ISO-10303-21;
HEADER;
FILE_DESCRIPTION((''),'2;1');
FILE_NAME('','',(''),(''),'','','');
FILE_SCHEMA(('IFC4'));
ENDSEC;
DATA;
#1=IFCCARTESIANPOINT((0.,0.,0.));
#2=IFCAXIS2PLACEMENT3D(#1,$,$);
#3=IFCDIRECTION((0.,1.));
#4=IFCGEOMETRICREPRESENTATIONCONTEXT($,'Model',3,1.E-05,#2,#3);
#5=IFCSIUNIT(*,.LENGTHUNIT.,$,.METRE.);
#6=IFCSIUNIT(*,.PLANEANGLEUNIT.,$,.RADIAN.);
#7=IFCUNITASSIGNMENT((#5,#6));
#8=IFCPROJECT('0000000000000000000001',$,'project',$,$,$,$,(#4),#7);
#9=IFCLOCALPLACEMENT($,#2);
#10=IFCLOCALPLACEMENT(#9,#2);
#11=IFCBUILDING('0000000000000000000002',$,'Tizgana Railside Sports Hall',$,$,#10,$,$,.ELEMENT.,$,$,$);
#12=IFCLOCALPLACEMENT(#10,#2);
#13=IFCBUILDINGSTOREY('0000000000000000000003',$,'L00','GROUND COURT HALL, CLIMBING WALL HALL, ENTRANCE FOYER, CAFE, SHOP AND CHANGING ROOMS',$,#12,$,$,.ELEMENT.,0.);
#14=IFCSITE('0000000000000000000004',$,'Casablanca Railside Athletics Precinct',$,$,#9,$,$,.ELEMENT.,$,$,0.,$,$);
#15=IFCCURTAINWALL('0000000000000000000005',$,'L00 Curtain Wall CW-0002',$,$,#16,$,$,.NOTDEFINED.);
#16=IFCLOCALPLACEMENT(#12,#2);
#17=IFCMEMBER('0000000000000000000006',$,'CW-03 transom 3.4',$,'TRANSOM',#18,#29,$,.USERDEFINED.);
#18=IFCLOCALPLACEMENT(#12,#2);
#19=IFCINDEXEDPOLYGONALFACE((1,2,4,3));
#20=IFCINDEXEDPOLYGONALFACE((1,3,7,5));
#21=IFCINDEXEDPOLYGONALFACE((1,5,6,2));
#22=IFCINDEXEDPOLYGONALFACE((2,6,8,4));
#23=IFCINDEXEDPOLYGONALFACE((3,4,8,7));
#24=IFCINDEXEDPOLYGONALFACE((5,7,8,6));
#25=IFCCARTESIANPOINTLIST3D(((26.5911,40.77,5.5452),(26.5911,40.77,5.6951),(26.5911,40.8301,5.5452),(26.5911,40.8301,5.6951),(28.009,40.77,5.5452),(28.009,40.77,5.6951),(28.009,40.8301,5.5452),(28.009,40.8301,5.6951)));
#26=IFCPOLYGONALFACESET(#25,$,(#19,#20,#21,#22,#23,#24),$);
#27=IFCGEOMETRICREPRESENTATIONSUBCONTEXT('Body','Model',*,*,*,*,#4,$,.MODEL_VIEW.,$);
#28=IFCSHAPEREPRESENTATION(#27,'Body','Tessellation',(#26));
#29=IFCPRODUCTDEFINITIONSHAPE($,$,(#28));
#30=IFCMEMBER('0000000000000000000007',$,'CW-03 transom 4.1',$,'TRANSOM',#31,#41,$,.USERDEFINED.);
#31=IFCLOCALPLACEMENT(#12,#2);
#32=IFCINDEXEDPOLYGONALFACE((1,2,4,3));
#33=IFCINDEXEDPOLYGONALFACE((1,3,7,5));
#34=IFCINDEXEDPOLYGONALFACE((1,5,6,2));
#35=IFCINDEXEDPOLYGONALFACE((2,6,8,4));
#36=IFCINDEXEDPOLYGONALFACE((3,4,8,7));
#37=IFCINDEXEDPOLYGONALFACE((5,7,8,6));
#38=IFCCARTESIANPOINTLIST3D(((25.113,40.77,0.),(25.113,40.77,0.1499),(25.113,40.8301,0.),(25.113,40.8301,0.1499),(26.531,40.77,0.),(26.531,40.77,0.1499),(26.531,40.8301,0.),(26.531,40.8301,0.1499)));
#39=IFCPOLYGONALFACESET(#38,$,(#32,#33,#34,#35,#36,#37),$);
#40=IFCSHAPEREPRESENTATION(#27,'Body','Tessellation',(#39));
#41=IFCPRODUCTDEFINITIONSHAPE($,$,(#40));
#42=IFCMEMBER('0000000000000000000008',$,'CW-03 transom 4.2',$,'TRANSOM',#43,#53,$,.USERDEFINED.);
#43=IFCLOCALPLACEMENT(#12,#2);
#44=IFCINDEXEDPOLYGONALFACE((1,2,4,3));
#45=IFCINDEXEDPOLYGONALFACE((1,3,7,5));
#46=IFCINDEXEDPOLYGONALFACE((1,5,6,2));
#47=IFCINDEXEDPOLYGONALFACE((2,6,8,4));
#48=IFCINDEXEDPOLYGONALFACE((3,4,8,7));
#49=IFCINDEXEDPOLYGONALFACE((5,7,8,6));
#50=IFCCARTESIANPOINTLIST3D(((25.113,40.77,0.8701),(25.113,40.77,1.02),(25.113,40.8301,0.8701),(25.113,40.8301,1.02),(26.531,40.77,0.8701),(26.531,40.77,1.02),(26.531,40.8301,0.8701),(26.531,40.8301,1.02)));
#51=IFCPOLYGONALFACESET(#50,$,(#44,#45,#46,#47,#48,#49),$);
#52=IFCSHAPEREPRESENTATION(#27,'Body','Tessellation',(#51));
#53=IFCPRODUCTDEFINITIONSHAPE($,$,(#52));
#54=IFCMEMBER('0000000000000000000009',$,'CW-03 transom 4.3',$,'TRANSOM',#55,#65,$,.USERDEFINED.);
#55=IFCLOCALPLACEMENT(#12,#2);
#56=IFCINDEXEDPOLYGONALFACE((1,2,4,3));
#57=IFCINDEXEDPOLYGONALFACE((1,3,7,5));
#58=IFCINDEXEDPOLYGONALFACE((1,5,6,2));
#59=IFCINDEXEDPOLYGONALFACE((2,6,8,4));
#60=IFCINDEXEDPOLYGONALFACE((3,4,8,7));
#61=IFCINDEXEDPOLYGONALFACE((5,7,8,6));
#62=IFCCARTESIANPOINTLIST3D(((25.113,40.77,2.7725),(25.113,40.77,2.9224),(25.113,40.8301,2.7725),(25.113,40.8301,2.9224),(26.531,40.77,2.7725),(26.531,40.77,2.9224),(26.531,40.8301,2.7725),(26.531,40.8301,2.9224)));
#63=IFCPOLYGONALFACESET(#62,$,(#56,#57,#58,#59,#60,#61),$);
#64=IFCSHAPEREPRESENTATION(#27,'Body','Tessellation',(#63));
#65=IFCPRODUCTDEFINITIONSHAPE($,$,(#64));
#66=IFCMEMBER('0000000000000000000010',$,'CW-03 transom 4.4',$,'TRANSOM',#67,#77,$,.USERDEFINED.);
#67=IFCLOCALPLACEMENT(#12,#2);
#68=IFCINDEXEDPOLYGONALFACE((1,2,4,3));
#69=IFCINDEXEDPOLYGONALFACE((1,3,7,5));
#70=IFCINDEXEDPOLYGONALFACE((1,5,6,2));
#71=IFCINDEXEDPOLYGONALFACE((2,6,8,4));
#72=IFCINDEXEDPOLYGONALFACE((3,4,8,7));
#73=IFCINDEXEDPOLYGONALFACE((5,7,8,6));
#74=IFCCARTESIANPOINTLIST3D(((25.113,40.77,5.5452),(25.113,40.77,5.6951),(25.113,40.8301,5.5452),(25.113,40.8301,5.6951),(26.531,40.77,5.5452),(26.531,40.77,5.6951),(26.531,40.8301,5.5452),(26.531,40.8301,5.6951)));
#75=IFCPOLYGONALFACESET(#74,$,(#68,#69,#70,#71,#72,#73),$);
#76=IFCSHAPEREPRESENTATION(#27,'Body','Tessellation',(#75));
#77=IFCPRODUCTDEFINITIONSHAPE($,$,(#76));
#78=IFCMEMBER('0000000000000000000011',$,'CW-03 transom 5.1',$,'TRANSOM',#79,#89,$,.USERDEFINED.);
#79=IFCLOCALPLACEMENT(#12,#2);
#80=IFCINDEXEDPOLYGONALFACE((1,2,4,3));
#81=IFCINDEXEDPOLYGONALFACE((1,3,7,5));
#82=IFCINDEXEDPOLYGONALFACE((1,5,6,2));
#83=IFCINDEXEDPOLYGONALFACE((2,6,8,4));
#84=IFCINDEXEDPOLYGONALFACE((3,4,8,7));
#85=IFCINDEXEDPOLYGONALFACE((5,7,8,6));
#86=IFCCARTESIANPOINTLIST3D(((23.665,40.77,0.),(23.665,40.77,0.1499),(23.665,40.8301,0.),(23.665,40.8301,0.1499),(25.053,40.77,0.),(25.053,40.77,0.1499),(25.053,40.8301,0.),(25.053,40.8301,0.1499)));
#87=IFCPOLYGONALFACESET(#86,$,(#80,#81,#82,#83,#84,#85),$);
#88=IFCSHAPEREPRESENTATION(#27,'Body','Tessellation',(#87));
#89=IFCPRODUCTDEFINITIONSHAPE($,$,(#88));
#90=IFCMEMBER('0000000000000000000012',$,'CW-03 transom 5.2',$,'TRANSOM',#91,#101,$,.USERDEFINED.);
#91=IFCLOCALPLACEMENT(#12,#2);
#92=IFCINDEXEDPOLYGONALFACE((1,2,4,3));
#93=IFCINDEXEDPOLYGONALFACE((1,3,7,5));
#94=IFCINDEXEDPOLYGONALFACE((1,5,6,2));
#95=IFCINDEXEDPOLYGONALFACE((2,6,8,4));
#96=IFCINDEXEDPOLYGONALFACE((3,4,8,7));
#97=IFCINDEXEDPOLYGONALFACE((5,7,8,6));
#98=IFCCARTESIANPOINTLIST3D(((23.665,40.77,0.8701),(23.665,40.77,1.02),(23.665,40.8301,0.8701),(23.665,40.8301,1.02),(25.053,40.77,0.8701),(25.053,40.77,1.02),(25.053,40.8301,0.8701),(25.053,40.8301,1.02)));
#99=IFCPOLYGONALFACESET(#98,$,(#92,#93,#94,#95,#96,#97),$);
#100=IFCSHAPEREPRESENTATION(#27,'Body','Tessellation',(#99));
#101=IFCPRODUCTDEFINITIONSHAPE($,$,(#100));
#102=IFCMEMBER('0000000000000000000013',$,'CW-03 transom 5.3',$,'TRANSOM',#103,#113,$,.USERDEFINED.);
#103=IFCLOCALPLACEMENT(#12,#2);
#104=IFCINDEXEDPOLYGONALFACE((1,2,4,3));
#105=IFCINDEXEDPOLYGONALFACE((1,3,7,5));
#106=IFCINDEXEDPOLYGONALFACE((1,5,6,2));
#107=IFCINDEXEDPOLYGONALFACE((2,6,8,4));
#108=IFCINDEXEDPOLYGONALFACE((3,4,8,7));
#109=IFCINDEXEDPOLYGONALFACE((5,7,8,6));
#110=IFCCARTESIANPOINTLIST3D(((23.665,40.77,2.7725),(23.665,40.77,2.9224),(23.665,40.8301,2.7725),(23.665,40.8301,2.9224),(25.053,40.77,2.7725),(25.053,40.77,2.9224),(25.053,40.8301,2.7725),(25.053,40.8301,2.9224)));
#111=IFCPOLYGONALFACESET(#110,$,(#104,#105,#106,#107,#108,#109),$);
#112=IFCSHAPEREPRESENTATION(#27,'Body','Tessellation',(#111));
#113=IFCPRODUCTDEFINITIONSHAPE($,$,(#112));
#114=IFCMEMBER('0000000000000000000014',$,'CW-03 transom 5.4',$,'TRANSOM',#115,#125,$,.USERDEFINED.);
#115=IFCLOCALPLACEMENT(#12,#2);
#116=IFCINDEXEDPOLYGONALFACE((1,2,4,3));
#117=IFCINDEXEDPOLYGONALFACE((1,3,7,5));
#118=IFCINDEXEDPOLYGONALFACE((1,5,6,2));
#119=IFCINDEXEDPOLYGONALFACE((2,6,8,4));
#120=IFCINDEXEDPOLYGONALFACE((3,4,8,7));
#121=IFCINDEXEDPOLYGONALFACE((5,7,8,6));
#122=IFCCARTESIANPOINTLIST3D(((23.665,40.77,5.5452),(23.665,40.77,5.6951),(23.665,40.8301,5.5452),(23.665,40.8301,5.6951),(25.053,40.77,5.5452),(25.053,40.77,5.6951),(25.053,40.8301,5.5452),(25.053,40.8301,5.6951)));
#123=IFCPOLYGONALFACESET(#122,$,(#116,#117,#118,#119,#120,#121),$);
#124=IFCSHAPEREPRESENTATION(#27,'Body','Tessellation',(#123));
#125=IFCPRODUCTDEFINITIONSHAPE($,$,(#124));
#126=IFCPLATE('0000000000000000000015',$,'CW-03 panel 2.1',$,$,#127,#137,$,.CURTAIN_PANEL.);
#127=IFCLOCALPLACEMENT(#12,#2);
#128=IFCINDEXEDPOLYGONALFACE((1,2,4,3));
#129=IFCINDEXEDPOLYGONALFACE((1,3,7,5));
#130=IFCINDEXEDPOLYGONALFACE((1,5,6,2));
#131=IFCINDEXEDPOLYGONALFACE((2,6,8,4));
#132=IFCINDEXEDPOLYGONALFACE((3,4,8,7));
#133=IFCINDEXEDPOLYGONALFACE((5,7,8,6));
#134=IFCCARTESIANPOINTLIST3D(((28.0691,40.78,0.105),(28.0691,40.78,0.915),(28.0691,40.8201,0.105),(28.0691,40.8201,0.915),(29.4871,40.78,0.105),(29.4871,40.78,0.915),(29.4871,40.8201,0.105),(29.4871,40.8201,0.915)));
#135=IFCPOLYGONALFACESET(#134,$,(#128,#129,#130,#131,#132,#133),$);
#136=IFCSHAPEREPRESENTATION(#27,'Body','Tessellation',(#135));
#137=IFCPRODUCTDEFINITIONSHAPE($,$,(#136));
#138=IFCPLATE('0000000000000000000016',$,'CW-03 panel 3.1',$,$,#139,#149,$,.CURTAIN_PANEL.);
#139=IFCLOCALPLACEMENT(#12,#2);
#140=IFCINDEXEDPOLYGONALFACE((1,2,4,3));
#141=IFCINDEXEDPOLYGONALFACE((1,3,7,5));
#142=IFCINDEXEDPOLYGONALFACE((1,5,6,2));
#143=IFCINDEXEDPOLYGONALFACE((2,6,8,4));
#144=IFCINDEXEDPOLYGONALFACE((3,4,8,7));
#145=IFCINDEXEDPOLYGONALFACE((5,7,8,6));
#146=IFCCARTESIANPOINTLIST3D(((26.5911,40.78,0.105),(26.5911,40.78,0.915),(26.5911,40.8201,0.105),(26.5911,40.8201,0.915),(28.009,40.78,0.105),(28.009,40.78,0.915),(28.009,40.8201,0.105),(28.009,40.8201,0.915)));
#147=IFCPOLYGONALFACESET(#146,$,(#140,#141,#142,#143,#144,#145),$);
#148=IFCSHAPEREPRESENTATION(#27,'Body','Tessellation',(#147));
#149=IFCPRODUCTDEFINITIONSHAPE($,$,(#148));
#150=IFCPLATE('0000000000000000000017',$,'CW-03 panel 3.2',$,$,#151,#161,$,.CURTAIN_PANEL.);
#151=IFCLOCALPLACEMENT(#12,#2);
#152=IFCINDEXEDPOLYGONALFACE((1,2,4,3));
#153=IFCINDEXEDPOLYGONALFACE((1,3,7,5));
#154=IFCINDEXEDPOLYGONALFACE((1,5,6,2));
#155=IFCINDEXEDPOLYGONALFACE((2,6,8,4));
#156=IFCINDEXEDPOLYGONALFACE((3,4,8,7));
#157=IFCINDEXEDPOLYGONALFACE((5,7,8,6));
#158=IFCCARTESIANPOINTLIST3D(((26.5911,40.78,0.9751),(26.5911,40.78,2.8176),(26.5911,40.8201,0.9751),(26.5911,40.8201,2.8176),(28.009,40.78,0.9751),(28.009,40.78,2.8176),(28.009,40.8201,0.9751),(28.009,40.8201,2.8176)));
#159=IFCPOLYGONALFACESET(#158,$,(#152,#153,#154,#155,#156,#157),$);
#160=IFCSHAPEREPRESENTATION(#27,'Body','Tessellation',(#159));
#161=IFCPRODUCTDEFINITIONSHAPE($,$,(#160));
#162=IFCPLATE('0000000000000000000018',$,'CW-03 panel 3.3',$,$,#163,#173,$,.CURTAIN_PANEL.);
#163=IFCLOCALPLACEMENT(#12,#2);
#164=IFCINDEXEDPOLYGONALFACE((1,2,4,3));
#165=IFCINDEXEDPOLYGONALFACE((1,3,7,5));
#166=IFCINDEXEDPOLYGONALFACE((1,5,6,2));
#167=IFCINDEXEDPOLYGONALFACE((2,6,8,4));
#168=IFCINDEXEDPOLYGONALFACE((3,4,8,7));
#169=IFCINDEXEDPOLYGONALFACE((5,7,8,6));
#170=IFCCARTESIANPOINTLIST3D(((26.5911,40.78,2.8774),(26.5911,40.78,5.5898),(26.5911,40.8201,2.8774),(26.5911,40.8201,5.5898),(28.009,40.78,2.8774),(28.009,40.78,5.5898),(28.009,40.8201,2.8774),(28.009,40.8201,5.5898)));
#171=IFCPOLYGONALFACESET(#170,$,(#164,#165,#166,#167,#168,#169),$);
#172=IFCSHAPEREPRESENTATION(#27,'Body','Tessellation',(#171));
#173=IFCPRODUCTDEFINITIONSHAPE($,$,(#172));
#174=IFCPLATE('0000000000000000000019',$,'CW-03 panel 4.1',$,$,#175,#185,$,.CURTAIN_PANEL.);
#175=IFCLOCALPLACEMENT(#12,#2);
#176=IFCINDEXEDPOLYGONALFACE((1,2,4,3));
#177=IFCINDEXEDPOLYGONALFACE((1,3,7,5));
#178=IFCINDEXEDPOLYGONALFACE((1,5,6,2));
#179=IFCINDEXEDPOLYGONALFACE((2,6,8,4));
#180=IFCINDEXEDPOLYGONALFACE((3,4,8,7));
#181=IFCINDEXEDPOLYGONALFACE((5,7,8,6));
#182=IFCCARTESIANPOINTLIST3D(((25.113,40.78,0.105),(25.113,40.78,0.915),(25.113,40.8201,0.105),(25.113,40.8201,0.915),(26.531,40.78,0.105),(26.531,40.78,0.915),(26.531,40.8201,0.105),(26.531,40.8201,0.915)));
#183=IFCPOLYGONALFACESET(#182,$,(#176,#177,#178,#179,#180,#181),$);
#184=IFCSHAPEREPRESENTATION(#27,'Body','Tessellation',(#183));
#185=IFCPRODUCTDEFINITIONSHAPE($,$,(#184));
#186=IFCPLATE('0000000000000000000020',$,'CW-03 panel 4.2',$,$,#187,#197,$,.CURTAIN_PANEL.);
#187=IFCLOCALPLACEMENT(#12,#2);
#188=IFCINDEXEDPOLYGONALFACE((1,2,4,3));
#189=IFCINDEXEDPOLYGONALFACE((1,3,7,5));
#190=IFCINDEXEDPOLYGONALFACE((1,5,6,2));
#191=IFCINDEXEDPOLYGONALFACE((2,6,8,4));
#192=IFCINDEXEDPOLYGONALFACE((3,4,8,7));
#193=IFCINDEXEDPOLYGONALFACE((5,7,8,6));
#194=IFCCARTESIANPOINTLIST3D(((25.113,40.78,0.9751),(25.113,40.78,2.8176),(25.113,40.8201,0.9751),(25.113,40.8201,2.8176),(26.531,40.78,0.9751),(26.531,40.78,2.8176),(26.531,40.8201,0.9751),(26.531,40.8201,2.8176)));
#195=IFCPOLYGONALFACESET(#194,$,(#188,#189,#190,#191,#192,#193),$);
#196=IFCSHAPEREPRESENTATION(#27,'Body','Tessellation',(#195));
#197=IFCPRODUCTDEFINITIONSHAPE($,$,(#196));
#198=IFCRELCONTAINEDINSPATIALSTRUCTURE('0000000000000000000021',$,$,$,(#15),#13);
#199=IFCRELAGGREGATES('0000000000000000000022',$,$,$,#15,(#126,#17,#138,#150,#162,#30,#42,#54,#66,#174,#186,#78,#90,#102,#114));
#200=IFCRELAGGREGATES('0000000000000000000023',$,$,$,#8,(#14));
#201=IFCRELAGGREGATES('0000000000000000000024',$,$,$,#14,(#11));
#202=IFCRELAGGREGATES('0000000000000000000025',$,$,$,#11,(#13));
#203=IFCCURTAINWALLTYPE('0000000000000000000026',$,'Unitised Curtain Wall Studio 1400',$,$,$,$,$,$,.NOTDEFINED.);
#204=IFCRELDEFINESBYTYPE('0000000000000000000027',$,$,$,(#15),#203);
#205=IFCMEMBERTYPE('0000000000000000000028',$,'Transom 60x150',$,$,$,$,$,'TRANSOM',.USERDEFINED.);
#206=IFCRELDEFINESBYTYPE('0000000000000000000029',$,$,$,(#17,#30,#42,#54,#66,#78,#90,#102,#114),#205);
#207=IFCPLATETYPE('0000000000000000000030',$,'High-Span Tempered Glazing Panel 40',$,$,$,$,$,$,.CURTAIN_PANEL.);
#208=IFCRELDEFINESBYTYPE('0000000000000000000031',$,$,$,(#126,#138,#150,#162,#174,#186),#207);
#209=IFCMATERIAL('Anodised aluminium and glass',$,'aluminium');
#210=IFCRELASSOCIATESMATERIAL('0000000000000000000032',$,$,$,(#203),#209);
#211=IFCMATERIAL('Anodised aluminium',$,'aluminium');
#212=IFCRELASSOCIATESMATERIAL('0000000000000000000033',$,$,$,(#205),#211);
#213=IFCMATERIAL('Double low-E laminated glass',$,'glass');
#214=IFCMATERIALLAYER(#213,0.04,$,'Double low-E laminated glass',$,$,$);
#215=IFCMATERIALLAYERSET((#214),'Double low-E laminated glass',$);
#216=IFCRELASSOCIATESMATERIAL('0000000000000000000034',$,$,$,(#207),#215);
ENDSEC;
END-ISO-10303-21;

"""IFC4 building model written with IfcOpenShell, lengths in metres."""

from ifc_helpers import new_model, si_unit, direction, frame, origin, origin_2d, place, context, subcontext, project, spatial, rectangle, extrude, material, layer, layer_set, material_profile, profile_set, type_object, element, aggregate, save


model = new_model("IFC4")

# Units and contexts
model_context = context("Model", 3, precision=1e-05, world=origin(), true_north=direction((0.0, 1.0)))
body_context = subcontext(model_context, "Body", "Model", "MODEL_VIEW")
ifc_project = project(units=[si_unit("LENGTHUNIT", "METRE"), si_unit("PLANEANGLEUNIT", "RADIAN")], contexts=[model_context])

# Site, building, storey
site_placement = place(None, origin())
site = spatial("IfcSite", under=ifc_project, at=site_placement, Name="Casablanca Railside Athletics Precinct", CompositionType="ELEMENT", RefElevation=0.0)
building_placement = place(site_placement, origin())
building = spatial("IfcBuilding", under=site, at=building_placement, Name="Tizgana Railside Sports Hall", CompositionType="ELEMENT")
storey_placement = place(building_placement, origin())
storey = spatial("IfcBuildingStorey", under=building, at=storey_placement, Name="L00", Description="GROUND COURT HALL, CLIMBING WALL HALL, ENTRANCE FOYER, CAFE, SHOP AND CHANGING ROOMS", CompositionType="ELEMENT", Elevation=0.0)

# Curtain wall
ifc_material_1 = material(Name="Anodised aluminium and glass", Category="aluminium")
curtain_wall_type = type_object("IfcCurtainWallType", Name="Unitised Curtain Wall Studio 1400", PredefinedType="NOTDEFINED", material=ifc_material_1)
curtain_wall_placement = place(storey_placement, origin())
curtain_wall = element("IfcCurtainWall", 1, at=curtain_wall_placement, inside=storey, type_object=curtain_wall_type, Name="L00 Curtain Wall CW-0002", PredefinedType="NOTDEFINED")
ifc_material_2 = material(Name="Anodised aluminium", Category="aluminium")

# Members
ifc_material_profile_1 = material_profile(ifc_material_2, rectangle(XDim=0.0601, YDim=0.1499, at=origin_2d()), Name="Transom 60x150")
ifc_profile_set_1 = profile_set([ifc_material_profile_1], Name="Anodised aluminium")
member_type_1 = type_object("IfcMemberType", Name="Transom 60x150", ElementType="TRANSOM", PredefinedType="USERDEFINED", material=ifc_profile_set_1)
member_1_placement = place(storey_placement, frame((28.009, 40.8, 5.6201), z_axis=(-1.0, 0.0, 0.0), x_axis=(0.0, -1.0, 0.0)))
member_1 = element("IfcMember", 2, at=member_1_placement, type_object=member_type_1, Name="CW-03 transom 3.4", ObjectType="TRANSOM", PredefinedType="USERDEFINED", context=body_context, shape_type="SweptSolid", body=[
    extrude(rectangle(XDim=0.0601, YDim=0.1499, at=origin_2d()), origin(), (0.0, 0.0, 1.0), 1.418),
])
member_2_placement = place(storey_placement, frame((26.531, 40.8, 0.075), z_axis=(-1.0, 0.0, 0.0), x_axis=(0.0, -1.0, 0.0)))
member_2 = element("IfcMember", 3, at=member_2_placement, type_object=member_type_1, Name="CW-03 transom 4.1", ObjectType="TRANSOM", PredefinedType="USERDEFINED", context=body_context, shape_type="SweptSolid", body=[
    extrude(rectangle(XDim=0.0601, YDim=0.1499, at=origin_2d()), origin(), (0.0, 0.0, 1.0), 1.418),
])
member_3_placement = place(storey_placement, frame((26.531, 40.8, 0.9451), z_axis=(-1.0, 0.0, 0.0), x_axis=(0.0, -1.0, 0.0)))
member_3 = element("IfcMember", 4, at=member_3_placement, type_object=member_type_1, Name="CW-03 transom 4.2", ObjectType="TRANSOM", PredefinedType="USERDEFINED", context=body_context, shape_type="SweptSolid", body=[
    extrude(rectangle(XDim=0.0601, YDim=0.1499, at=origin_2d()), origin(), (0.0, 0.0, 1.0), 1.418),
])
member_4_placement = place(storey_placement, frame((26.531, 40.8, 2.8474), z_axis=(-1.0, 0.0, 0.0), x_axis=(0.0, -1.0, 0.0)))
member_4 = element("IfcMember", 5, at=member_4_placement, type_object=member_type_1, Name="CW-03 transom 4.3", ObjectType="TRANSOM", PredefinedType="USERDEFINED", context=body_context, shape_type="SweptSolid", body=[
    extrude(rectangle(XDim=0.0601, YDim=0.1499, at=origin_2d()), origin(), (0.0, 0.0, 1.0), 1.418),
])
member_5_placement = place(storey_placement, frame((26.531, 40.8, 5.6201), z_axis=(-1.0, 0.0, 0.0), x_axis=(0.0, -1.0, 0.0)))
member_5 = element("IfcMember", 6, at=member_5_placement, type_object=member_type_1, Name="CW-03 transom 4.4", ObjectType="TRANSOM", PredefinedType="USERDEFINED", context=body_context, shape_type="SweptSolid", body=[
    extrude(rectangle(XDim=0.0601, YDim=0.1499, at=origin_2d()), origin(), (0.0, 0.0, 1.0), 1.418),
])
member_6_placement = place(storey_placement, frame((25.053, 40.8, 0.075), z_axis=(-1.0, 0.0, 0.0), x_axis=(0.0, -1.0, 0.0)))
member_6 = element("IfcMember", 7, at=member_6_placement, type_object=member_type_1, Name="CW-03 transom 5.1", ObjectType="TRANSOM", PredefinedType="USERDEFINED", context=body_context, shape_type="SweptSolid", body=[
    extrude(rectangle(XDim=0.0601, YDim=0.1499, at=origin_2d()), origin(), (0.0, 0.0, 1.0), 1.3879),
])
member_7_placement = place(storey_placement, frame((25.053, 40.8, 0.9451), z_axis=(-1.0, 0.0, 0.0), x_axis=(0.0, -1.0, 0.0)))
member_7 = element("IfcMember", 8, at=member_7_placement, type_object=member_type_1, Name="CW-03 transom 5.2", ObjectType="TRANSOM", PredefinedType="USERDEFINED", context=body_context, shape_type="SweptSolid", body=[
    extrude(rectangle(XDim=0.0601, YDim=0.1499, at=origin_2d()), origin(), (0.0, 0.0, 1.0), 1.3879),
])
member_8_placement = place(storey_placement, frame((25.053, 40.8, 2.8474), z_axis=(-1.0, 0.0, 0.0), x_axis=(0.0, -1.0, 0.0)))
member_8 = element("IfcMember", 9, at=member_8_placement, type_object=member_type_1, Name="CW-03 transom 5.3", ObjectType="TRANSOM", PredefinedType="USERDEFINED", context=body_context, shape_type="SweptSolid", body=[
    extrude(rectangle(XDim=0.0601, YDim=0.1499, at=origin_2d()), origin(), (0.0, 0.0, 1.0), 1.3879),
])
member_9_placement = place(storey_placement, frame((25.053, 40.8, 5.6201), z_axis=(-1.0, 0.0, 0.0), x_axis=(0.0, -1.0, 0.0)))
member_9 = element("IfcMember", 10, at=member_9_placement, type_object=member_type_1, Name="CW-03 transom 5.4", ObjectType="TRANSOM", PredefinedType="USERDEFINED", context=body_context, shape_type="SweptSolid", body=[
    extrude(rectangle(XDim=0.0601, YDim=0.1499, at=origin_2d()), origin(), (0.0, 0.0, 1.0), 1.3879),
])

# Plates
ifc_material_3 = material(Name="Double low-E laminated glass", Category="glass")
ifc_layer_1 = layer(ifc_material_3, 0.04, Name="Double low-E laminated glass")
ifc_layer_set_1 = layer_set([ifc_layer_1], Name="Double low-E laminated glass")
plate_type = type_object("IfcPlateType", Name="High-Span Tempered Glazing Panel 40", PredefinedType="CURTAIN_PANEL", material=ifc_layer_set_1)
plate_1_placement = place(storey_placement, frame((28.7781, 40.8, 0.105), z_axis=(0.0, 0.0, 1.0), x_axis=(-1.0, 0.0, 0.0)))
plate_1 = element("IfcPlate", 11, at=plate_1_placement, type_object=plate_type, Name="CW-03 panel 2.1", PredefinedType="CURTAIN_PANEL", context=body_context, shape_type="SweptSolid", body=[
    extrude(rectangle(XDim=1.418, YDim=0.04, at=origin_2d()), origin(), (0.0, 0.0, 1.0), 0.8101),
])
plate_2_placement = place(storey_placement, frame((27.3, 40.8, 0.105), z_axis=(0.0, 0.0, 1.0), x_axis=(-1.0, 0.0, 0.0)))
plate_2 = element("IfcPlate", 12, at=plate_2_placement, type_object=plate_type, Name="CW-03 panel 3.1", PredefinedType="CURTAIN_PANEL", context=body_context, shape_type="SweptSolid", body=[
    extrude(rectangle(XDim=1.418, YDim=0.04, at=origin_2d()), origin(), (0.0, 0.0, 1.0), 0.8101),
])
plate_3_placement = place(storey_placement, frame((27.3, 40.8, 0.9751), z_axis=(0.0, 0.0, 1.0), x_axis=(-1.0, 0.0, 0.0)))
plate_3 = element("IfcPlate", 13, at=plate_3_placement, type_object=plate_type, Name="CW-03 panel 3.2", PredefinedType="CURTAIN_PANEL", context=body_context, shape_type="SweptSolid", body=[
    extrude(rectangle(XDim=1.418, YDim=0.04, at=origin_2d()), origin(), (0.0, 0.0, 1.0), 1.8425),
])
plate_4_placement = place(storey_placement, frame((27.3, 40.8, 2.8774), z_axis=(0.0, 0.0, 1.0), x_axis=(-1.0, 0.0, 0.0)))
plate_4 = element("IfcPlate", 14, at=plate_4_placement, type_object=plate_type, Name="CW-03 panel 3.3", PredefinedType="CURTAIN_PANEL", context=body_context, shape_type="SweptSolid", body=[
    extrude(rectangle(XDim=1.418, YDim=0.04, at=origin_2d()), origin(), (0.0, 0.0, 1.0), 2.7124),
])
plate_5_placement = place(storey_placement, frame((25.822, 40.8, 0.105), z_axis=(0.0, 0.0, 1.0), x_axis=(-1.0, 0.0, 0.0)))
plate_5 = element("IfcPlate", 15, at=plate_5_placement, type_object=plate_type, Name="CW-03 panel 4.1", PredefinedType="CURTAIN_PANEL", context=body_context, shape_type="SweptSolid", body=[
    extrude(rectangle(XDim=1.418, YDim=0.04, at=origin_2d()), origin(), (0.0, 0.0, 1.0), 0.8101),
])
plate_6_placement = place(storey_placement, frame((25.822, 40.8, 0.9751), z_axis=(0.0, 0.0, 1.0), x_axis=(-1.0, 0.0, 0.0)))
plate_6 = element("IfcPlate", 16, at=plate_6_placement, type_object=plate_type, Name="CW-03 panel 4.2", PredefinedType="CURTAIN_PANEL", context=body_context, shape_type="SweptSolid", body=[
    extrude(rectangle(XDim=1.418, YDim=0.04, at=origin_2d()), origin(), (0.0, 0.0, 1.0), 1.8425),
])
aggregate(curtain_wall, [plate_1, member_1, plate_2, plate_3, plate_4, member_2, member_3, member_4, member_5, plate_5, plate_6, member_6, member_7, member_8, member_9])

save(model, "model.ifc")
